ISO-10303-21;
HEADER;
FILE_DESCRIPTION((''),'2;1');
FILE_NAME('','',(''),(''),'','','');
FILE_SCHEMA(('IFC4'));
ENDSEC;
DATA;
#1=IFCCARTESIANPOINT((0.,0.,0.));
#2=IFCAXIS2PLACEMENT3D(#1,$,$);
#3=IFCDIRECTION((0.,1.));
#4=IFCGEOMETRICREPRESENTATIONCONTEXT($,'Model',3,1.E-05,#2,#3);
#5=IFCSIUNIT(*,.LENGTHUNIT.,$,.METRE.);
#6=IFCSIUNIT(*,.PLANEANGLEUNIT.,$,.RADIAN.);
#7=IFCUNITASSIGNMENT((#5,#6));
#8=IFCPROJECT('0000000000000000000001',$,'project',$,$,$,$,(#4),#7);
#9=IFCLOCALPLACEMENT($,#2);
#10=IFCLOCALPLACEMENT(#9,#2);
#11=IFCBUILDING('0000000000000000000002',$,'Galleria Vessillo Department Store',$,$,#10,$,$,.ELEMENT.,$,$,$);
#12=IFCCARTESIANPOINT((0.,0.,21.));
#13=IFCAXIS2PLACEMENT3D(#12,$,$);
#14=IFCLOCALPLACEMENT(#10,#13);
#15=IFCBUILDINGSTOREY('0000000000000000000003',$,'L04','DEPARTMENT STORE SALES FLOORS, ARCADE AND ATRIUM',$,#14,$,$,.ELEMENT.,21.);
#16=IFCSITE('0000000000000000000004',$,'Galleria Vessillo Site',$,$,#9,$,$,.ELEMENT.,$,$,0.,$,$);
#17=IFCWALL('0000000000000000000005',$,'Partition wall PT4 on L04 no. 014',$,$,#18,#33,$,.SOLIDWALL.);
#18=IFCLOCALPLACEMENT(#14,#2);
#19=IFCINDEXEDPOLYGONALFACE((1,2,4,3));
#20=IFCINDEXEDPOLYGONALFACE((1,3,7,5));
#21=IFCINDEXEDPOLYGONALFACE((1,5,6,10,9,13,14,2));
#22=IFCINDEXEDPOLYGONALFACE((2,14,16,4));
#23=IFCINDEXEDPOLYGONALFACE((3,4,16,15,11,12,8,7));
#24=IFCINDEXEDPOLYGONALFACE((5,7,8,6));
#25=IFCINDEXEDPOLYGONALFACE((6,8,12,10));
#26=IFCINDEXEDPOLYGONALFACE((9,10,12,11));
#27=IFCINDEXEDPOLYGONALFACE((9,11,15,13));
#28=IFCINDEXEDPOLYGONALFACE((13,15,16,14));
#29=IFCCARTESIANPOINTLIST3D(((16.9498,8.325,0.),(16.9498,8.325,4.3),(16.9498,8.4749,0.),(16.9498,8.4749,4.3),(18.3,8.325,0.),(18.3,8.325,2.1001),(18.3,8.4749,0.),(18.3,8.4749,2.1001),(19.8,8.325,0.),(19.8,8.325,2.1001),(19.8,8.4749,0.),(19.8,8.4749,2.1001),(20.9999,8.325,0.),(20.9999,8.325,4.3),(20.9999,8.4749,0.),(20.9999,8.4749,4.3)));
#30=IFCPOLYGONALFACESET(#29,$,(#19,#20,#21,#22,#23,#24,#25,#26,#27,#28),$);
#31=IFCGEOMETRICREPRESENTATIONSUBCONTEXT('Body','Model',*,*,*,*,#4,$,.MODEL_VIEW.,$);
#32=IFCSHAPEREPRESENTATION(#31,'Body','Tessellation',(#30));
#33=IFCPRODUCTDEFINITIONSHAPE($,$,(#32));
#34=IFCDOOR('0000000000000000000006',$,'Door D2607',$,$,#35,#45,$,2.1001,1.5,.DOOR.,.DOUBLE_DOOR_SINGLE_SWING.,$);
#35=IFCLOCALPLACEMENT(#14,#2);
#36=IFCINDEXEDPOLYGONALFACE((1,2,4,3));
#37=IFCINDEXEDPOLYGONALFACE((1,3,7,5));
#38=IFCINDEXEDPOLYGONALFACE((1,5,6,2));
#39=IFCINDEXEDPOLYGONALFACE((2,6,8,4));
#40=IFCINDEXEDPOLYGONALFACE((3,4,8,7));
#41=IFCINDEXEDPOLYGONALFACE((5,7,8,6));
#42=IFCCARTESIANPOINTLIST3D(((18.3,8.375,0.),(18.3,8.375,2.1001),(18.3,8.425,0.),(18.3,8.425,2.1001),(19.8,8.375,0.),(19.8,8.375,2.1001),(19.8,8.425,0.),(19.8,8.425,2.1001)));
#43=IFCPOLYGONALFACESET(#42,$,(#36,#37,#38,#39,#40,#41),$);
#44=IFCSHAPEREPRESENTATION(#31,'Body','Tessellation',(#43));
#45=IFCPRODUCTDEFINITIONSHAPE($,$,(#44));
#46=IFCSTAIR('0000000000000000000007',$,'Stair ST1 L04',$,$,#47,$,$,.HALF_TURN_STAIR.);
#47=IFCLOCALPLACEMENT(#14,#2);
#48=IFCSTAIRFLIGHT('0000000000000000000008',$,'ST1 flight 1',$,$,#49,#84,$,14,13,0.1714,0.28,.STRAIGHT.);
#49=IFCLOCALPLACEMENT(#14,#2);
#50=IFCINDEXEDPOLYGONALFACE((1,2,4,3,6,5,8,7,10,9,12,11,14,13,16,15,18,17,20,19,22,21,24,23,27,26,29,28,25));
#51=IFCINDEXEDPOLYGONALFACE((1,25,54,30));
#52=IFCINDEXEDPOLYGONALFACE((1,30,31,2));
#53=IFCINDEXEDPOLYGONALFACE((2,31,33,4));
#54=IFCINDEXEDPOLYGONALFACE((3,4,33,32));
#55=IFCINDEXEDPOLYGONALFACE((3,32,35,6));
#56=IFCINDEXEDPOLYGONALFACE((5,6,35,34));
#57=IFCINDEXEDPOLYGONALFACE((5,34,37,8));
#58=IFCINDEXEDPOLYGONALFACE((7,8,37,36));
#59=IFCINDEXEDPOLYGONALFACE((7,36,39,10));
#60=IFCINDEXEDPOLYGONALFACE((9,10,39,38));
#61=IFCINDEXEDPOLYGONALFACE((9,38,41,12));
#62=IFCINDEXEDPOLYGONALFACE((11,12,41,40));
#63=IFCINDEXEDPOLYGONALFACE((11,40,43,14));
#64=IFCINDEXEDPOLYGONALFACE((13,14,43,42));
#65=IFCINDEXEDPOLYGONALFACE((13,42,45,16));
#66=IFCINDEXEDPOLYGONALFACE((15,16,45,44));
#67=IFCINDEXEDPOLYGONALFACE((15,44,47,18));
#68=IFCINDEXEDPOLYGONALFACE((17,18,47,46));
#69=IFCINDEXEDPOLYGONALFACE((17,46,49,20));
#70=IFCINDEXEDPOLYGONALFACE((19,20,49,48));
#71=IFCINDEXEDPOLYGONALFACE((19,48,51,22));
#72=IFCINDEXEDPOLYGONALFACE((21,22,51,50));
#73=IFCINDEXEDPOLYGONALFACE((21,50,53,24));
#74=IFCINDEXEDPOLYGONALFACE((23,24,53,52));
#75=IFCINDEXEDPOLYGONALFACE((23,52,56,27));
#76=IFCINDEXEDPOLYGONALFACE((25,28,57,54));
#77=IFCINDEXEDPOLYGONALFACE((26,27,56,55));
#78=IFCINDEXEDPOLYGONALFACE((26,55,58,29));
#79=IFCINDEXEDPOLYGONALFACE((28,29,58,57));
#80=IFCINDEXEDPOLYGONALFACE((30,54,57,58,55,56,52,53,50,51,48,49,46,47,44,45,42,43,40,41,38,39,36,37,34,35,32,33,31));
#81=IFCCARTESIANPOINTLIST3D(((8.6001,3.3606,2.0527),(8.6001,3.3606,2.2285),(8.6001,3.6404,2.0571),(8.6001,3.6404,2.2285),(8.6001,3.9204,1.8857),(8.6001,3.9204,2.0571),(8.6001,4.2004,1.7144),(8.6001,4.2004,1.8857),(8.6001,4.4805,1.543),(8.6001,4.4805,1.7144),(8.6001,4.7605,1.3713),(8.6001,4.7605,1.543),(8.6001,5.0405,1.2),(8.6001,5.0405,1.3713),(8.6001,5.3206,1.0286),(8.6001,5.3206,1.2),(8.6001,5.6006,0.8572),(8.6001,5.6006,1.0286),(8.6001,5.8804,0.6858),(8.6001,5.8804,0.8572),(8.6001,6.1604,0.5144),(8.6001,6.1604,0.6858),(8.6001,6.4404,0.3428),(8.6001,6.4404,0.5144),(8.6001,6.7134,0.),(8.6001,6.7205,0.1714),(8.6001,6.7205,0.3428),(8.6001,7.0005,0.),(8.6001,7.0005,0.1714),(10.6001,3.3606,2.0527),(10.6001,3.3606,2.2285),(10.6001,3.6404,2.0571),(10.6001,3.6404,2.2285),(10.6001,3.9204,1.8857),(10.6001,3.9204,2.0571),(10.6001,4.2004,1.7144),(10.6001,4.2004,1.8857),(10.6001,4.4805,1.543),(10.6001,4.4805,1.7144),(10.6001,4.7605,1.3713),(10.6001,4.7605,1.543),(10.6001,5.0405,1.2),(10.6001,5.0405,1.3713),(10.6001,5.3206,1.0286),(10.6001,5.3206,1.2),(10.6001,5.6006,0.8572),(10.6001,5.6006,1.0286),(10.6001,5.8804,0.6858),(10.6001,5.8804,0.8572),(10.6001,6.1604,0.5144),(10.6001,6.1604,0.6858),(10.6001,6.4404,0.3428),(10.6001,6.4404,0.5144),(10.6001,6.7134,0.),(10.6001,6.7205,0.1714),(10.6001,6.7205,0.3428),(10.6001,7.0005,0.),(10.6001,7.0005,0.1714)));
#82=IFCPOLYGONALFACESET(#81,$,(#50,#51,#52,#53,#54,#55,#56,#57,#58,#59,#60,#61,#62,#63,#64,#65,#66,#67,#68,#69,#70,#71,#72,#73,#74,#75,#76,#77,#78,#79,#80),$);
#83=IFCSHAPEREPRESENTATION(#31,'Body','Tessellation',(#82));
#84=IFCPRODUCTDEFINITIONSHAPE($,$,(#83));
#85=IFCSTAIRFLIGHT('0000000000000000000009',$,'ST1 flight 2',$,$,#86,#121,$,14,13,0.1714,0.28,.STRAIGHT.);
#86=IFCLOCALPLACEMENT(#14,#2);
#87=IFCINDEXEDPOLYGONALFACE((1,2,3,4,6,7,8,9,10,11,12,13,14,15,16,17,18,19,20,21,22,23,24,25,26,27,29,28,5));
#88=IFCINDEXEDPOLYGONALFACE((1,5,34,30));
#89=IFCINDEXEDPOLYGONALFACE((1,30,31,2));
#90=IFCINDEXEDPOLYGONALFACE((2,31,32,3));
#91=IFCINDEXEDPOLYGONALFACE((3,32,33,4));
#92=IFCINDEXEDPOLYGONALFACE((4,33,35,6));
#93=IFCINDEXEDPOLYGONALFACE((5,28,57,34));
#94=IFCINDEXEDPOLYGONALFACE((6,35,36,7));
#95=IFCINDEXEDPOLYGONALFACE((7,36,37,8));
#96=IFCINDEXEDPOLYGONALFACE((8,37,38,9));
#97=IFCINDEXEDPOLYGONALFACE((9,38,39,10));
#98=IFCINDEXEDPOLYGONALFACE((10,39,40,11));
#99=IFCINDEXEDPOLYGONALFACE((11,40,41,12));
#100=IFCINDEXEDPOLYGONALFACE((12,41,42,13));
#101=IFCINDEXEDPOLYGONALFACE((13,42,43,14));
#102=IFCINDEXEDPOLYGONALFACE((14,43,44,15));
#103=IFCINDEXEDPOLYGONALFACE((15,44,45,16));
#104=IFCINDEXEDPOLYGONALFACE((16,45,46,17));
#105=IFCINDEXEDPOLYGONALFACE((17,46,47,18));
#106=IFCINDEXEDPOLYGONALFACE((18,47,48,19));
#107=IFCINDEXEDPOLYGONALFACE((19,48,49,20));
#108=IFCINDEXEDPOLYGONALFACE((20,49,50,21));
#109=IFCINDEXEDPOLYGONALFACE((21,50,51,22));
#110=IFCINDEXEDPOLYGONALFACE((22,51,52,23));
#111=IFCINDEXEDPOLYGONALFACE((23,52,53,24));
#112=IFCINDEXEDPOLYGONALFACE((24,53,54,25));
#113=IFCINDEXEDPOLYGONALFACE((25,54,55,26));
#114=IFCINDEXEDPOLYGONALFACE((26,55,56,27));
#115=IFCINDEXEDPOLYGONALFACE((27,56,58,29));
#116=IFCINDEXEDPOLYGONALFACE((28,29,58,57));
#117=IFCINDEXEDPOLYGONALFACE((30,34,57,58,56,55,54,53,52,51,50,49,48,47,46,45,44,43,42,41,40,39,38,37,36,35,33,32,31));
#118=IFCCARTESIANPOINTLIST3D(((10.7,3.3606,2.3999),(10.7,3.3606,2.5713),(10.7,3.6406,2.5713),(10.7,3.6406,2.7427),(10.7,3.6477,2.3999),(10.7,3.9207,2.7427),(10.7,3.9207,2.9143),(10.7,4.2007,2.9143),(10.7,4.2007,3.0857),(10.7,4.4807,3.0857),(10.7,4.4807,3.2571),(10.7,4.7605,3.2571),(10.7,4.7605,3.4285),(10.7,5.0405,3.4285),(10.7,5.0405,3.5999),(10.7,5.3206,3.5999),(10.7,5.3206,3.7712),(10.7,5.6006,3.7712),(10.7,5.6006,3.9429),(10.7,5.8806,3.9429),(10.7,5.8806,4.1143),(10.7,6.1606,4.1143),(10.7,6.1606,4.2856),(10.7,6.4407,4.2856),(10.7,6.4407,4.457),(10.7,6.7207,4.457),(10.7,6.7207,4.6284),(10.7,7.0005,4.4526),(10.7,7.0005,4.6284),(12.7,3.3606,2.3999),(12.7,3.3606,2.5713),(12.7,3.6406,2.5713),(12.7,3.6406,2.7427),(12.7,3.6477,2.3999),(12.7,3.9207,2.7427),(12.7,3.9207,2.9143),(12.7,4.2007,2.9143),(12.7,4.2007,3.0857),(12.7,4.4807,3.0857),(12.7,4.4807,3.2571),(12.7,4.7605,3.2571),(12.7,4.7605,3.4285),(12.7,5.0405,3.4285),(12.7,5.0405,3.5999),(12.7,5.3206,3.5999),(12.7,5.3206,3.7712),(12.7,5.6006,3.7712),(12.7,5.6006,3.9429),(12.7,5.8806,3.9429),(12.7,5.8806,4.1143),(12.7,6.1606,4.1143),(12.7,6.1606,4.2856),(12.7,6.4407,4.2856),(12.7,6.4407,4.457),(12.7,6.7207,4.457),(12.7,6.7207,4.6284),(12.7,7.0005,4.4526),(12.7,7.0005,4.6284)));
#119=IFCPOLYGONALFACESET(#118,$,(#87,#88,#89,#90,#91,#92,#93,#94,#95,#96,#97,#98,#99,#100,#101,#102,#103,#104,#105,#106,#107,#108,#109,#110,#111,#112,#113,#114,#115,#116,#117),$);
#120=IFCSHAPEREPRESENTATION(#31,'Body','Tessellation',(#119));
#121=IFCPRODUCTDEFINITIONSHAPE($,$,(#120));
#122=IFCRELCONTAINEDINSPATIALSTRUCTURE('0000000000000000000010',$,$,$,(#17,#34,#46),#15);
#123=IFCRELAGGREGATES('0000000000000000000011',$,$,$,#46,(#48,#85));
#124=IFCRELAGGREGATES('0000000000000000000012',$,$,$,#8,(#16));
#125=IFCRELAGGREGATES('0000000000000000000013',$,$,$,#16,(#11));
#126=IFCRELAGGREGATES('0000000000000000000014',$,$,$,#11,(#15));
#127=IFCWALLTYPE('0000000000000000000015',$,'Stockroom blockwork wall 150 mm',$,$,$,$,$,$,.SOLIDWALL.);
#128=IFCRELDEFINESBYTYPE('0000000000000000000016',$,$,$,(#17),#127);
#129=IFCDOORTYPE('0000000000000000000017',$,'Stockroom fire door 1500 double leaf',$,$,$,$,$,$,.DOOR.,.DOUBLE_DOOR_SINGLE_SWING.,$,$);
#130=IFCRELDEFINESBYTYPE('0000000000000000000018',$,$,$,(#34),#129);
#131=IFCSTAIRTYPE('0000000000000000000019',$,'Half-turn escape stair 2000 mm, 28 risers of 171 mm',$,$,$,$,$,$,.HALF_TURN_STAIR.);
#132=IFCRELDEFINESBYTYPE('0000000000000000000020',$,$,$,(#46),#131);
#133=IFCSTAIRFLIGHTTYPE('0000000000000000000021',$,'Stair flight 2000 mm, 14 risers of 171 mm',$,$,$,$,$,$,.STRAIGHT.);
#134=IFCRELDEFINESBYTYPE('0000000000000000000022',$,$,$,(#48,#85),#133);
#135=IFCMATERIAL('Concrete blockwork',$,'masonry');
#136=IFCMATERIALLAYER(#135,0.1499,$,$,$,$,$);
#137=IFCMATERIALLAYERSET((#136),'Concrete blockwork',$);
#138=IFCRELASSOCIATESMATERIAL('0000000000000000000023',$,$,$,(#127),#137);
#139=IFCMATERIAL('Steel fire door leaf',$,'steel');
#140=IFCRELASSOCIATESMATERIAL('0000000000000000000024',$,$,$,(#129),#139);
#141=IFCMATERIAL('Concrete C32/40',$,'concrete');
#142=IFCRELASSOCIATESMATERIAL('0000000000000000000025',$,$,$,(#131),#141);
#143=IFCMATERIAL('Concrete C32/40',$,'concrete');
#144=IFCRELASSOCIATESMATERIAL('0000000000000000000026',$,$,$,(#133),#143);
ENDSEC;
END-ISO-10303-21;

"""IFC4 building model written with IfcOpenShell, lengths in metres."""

from ifc_helpers import new_model, si_unit, direction, frame, frame_2d, origin, place, context, subcontext, project, spatial, polyline, rectangle, outline, extrude, material, layer, layer_set, type_object, element, fill, aggregate, save


model = new_model("IFC4")

# Units and contexts
model_context = context("Model", 3, precision=1e-05, world=origin(), true_north=direction((0.0, 1.0)))
body_context = subcontext(model_context, "Body", "Model", "MODEL_VIEW")
ifc_project = project(units=[si_unit("LENGTHUNIT", "METRE"), si_unit("PLANEANGLEUNIT", "RADIAN")], contexts=[model_context])

# Site, building, storey
site_placement = place(None, origin())
site = spatial("IfcSite", under=ifc_project, at=site_placement, Name="Galleria Vessillo Site", CompositionType="ELEMENT", RefElevation=0.0)
building_placement = place(site_placement, origin())
building = spatial("IfcBuilding", under=site, at=building_placement, Name="Galleria Vessillo Department Store", CompositionType="ELEMENT")
storey_placement = place(building_placement, frame((0.0, 0.0, 21.0)))
storey = spatial("IfcBuildingStorey", under=building, at=storey_placement, Name="L04", Description="DEPARTMENT STORE SALES FLOORS, ARCADE AND ATRIUM", CompositionType="ELEMENT", Elevation=21.0)

# Wall, opening, door
ifc_material_1 = material(Name="Concrete blockwork", Category="masonry")
ifc_layer_1 = layer(ifc_material_1, 0.1499)
ifc_layer_set_1 = layer_set([ifc_layer_1], Name="Concrete blockwork")
wall_type_1 = type_object("IfcWallType", Name="Stockroom blockwork wall 150 mm", PredefinedType="SOLIDWALL", material=ifc_layer_set_1)
wall_1_placement = place(storey_placement, frame((16.95, 8.3999, 0.0), z_axis=(0.0, 0.0, 1.0), x_axis=(1.0, 0.0, 0.0)))
wall_1 = element("IfcWall", 1, at=wall_1_placement, inside=storey, type_object=wall_type_1, Name="Partition wall PT4 on L04 no. 014", PredefinedType="SOLIDWALL", context=body_context, shape_type="SweptSolid", body=[
    extrude(rectangle(XDim=4.05, YDim=0.1499, at=frame_2d((2.0249, 0.0))), origin(), (0.0, 0.0, 1.0), 4.3),
])
opening_1_placement = place(wall_1_placement, frame((1.3501, 0.0, 0.0)))
opening_1 = element("IfcOpeningElement", 2, at=opening_1_placement, cuts=wall_1, PredefinedType="OPENING", context=body_context, shape_type="SweptSolid", body=[
    extrude(rectangle(XDim=1.5, YDim=2.1001, at=frame_2d((0.75, 1.05))), frame((0.0, 0.085, 0.0), z_axis=(0.0, -1.0, 0.0), x_axis=(1.0, 0.0, 0.0)), (0.0, 0.0, 1.0), 0.1699),
])
ifc_material_2 = material(Name="Steel fire door leaf", Category="steel")
door_type_1 = type_object("IfcDoorType", Name="Stockroom fire door 1500 double leaf", OperationType="DOUBLE_DOOR_SINGLE_SWING", PredefinedType="DOOR", material=ifc_material_2)
door_1_placement = place(opening_1_placement, frame((1.5, 0.0, 0.0), z_axis=(0.0, 0.0, 1.0), x_axis=(-1.0, 0.0, 0.0)))
door_1 = element("IfcDoor", 3, at=door_1_placement, inside=storey, type_object=door_type_1, Name="Door D2607", OperationType="DOUBLE_DOOR_SINGLE_SWING", OverallHeight=2.1001, OverallWidth=1.5, PredefinedType="DOOR", context=body_context, shape_type="SweptSolid", body=[
    extrude(rectangle(XDim=1.5, YDim=2.1001, at=frame_2d((0.75, 1.05))), frame((0.0, 0.0249, 0.0), z_axis=(0.0, -1.0, 0.0), x_axis=(1.0, 0.0, 0.0)), (0.0, 0.0, 1.0), 0.05),
])
fill(opening_1, door_1)

# Stair, stair flights
ifc_material_3 = material(Name="Concrete C32/40", Category="concrete")
stair_type = type_object("IfcStairType", Name="Half-turn escape stair 2000 mm, 28 risers of 171 mm", PredefinedType="HALF_TURN_STAIR", material=ifc_material_3)
stair_placement = place(storey_placement, origin())
stair = element("IfcStair", 4, at=stair_placement, inside=storey, type_object=stair_type, Name="Stair ST1 L04", PredefinedType="HALF_TURN_STAIR")
ifc_material_4 = material(Name="Concrete C32/40", Category="concrete")
stair_flight_type = type_object("IfcStairFlightType", Name="Stair flight 2000 mm, 14 risers of 171 mm", PredefinedType="STRAIGHT", material=ifc_material_4)
stair_flight_1_placement = place(storey_placement, frame((9.6001, 7.0005, 0.0), z_axis=(0.0, 0.0, 1.0), x_axis=(0.0, -1.0, 0.0)))
stair_flight_1 = element("IfcStairFlight", 5, at=stair_flight_1_placement, type_object=stair_flight_type, Name="ST1 flight 1", NumberOfRisers=14, NumberOfTreads=13, PredefinedType="STRAIGHT", RiserHeight=0.1714, TreadLength=0.28, context=body_context, shape_type="SweptSolid", body=[
    extrude(outline(polyline([(0.0, 0.0), (0.0, 0.1714), (0.28, 0.1714), (0.28, 0.3428), (0.5601, 0.3428), (0.5601, 0.5144), (0.8401, 0.5144), (0.8401, 0.6858), (1.1201, 0.6858), (1.1201, 0.8572), (1.3999, 0.8572), (1.3999, 1.0286), (1.6799, 1.0286), (1.6799, 1.2), (1.96, 1.2), (1.96, 1.3713), (2.24, 1.3713), (2.24, 1.543), (2.52, 1.543), (2.52, 1.7144), (2.8, 1.7144), (2.8, 1.8857), (3.0801, 1.8857), (3.0801, 2.0571), (3.3601, 2.0571), (3.3601, 2.2285), (3.6399, 2.2285), (3.6399, 2.3999), (3.6399, 2.0527), (0.2871, 0.0), (0.0, 0.0)])), frame((0.0, 1.0, 0.0), z_axis=(0.0, -1.0, 0.0), x_axis=(1.0, 0.0, 0.0)), (0.0, 0.0, 1.0), 2.0),
])
stair_flight_2_placement = place(storey_placement, frame((11.7, 3.3606, 2.3999), z_axis=(0.0, 0.0, 1.0), x_axis=(0.0, 1.0, 0.0)))
stair_flight_2 = element("IfcStairFlight", 6, at=stair_flight_2_placement, type_object=stair_flight_type, Name="ST1 flight 2", NumberOfRisers=14, NumberOfTreads=13, PredefinedType="STRAIGHT", RiserHeight=0.1714, TreadLength=0.28, context=body_context, shape_type="SweptSolid", body=[
    extrude(outline(polyline([(0.0, 0.0), (0.0, 0.1714), (0.28, 0.1714), (0.28, 0.3428), (0.5601, 0.3428), (0.5601, 0.5144), (0.8401, 0.5144), (0.8401, 0.6858), (1.1201, 0.6858), (1.1201, 0.8572), (1.3999, 0.8572), (1.3999, 1.0286), (1.6799, 1.0286), (1.6799, 1.2), (1.96, 1.2), (1.96, 1.3713), (2.24, 1.3713), (2.24, 1.543), (2.52, 1.543), (2.52, 1.7144), (2.8, 1.7144), (2.8, 1.8857), (3.0801, 1.8857), (3.0801, 2.0571), (3.3601, 2.0571), (3.3601, 2.2285), (3.6399, 2.2285), (3.6399, 2.3999), (3.6399, 2.0527), (0.2871, 0.0), (0.0, 0.0)])), frame((0.0, 1.0, 0.0), z_axis=(0.0, -1.0, 0.0), x_axis=(1.0, 0.0, 0.0)), (0.0, 0.0, 1.0), 2.0),
])
aggregate(stair, [stair_flight_1, stair_flight_2])

save(model, "model.ifc")
